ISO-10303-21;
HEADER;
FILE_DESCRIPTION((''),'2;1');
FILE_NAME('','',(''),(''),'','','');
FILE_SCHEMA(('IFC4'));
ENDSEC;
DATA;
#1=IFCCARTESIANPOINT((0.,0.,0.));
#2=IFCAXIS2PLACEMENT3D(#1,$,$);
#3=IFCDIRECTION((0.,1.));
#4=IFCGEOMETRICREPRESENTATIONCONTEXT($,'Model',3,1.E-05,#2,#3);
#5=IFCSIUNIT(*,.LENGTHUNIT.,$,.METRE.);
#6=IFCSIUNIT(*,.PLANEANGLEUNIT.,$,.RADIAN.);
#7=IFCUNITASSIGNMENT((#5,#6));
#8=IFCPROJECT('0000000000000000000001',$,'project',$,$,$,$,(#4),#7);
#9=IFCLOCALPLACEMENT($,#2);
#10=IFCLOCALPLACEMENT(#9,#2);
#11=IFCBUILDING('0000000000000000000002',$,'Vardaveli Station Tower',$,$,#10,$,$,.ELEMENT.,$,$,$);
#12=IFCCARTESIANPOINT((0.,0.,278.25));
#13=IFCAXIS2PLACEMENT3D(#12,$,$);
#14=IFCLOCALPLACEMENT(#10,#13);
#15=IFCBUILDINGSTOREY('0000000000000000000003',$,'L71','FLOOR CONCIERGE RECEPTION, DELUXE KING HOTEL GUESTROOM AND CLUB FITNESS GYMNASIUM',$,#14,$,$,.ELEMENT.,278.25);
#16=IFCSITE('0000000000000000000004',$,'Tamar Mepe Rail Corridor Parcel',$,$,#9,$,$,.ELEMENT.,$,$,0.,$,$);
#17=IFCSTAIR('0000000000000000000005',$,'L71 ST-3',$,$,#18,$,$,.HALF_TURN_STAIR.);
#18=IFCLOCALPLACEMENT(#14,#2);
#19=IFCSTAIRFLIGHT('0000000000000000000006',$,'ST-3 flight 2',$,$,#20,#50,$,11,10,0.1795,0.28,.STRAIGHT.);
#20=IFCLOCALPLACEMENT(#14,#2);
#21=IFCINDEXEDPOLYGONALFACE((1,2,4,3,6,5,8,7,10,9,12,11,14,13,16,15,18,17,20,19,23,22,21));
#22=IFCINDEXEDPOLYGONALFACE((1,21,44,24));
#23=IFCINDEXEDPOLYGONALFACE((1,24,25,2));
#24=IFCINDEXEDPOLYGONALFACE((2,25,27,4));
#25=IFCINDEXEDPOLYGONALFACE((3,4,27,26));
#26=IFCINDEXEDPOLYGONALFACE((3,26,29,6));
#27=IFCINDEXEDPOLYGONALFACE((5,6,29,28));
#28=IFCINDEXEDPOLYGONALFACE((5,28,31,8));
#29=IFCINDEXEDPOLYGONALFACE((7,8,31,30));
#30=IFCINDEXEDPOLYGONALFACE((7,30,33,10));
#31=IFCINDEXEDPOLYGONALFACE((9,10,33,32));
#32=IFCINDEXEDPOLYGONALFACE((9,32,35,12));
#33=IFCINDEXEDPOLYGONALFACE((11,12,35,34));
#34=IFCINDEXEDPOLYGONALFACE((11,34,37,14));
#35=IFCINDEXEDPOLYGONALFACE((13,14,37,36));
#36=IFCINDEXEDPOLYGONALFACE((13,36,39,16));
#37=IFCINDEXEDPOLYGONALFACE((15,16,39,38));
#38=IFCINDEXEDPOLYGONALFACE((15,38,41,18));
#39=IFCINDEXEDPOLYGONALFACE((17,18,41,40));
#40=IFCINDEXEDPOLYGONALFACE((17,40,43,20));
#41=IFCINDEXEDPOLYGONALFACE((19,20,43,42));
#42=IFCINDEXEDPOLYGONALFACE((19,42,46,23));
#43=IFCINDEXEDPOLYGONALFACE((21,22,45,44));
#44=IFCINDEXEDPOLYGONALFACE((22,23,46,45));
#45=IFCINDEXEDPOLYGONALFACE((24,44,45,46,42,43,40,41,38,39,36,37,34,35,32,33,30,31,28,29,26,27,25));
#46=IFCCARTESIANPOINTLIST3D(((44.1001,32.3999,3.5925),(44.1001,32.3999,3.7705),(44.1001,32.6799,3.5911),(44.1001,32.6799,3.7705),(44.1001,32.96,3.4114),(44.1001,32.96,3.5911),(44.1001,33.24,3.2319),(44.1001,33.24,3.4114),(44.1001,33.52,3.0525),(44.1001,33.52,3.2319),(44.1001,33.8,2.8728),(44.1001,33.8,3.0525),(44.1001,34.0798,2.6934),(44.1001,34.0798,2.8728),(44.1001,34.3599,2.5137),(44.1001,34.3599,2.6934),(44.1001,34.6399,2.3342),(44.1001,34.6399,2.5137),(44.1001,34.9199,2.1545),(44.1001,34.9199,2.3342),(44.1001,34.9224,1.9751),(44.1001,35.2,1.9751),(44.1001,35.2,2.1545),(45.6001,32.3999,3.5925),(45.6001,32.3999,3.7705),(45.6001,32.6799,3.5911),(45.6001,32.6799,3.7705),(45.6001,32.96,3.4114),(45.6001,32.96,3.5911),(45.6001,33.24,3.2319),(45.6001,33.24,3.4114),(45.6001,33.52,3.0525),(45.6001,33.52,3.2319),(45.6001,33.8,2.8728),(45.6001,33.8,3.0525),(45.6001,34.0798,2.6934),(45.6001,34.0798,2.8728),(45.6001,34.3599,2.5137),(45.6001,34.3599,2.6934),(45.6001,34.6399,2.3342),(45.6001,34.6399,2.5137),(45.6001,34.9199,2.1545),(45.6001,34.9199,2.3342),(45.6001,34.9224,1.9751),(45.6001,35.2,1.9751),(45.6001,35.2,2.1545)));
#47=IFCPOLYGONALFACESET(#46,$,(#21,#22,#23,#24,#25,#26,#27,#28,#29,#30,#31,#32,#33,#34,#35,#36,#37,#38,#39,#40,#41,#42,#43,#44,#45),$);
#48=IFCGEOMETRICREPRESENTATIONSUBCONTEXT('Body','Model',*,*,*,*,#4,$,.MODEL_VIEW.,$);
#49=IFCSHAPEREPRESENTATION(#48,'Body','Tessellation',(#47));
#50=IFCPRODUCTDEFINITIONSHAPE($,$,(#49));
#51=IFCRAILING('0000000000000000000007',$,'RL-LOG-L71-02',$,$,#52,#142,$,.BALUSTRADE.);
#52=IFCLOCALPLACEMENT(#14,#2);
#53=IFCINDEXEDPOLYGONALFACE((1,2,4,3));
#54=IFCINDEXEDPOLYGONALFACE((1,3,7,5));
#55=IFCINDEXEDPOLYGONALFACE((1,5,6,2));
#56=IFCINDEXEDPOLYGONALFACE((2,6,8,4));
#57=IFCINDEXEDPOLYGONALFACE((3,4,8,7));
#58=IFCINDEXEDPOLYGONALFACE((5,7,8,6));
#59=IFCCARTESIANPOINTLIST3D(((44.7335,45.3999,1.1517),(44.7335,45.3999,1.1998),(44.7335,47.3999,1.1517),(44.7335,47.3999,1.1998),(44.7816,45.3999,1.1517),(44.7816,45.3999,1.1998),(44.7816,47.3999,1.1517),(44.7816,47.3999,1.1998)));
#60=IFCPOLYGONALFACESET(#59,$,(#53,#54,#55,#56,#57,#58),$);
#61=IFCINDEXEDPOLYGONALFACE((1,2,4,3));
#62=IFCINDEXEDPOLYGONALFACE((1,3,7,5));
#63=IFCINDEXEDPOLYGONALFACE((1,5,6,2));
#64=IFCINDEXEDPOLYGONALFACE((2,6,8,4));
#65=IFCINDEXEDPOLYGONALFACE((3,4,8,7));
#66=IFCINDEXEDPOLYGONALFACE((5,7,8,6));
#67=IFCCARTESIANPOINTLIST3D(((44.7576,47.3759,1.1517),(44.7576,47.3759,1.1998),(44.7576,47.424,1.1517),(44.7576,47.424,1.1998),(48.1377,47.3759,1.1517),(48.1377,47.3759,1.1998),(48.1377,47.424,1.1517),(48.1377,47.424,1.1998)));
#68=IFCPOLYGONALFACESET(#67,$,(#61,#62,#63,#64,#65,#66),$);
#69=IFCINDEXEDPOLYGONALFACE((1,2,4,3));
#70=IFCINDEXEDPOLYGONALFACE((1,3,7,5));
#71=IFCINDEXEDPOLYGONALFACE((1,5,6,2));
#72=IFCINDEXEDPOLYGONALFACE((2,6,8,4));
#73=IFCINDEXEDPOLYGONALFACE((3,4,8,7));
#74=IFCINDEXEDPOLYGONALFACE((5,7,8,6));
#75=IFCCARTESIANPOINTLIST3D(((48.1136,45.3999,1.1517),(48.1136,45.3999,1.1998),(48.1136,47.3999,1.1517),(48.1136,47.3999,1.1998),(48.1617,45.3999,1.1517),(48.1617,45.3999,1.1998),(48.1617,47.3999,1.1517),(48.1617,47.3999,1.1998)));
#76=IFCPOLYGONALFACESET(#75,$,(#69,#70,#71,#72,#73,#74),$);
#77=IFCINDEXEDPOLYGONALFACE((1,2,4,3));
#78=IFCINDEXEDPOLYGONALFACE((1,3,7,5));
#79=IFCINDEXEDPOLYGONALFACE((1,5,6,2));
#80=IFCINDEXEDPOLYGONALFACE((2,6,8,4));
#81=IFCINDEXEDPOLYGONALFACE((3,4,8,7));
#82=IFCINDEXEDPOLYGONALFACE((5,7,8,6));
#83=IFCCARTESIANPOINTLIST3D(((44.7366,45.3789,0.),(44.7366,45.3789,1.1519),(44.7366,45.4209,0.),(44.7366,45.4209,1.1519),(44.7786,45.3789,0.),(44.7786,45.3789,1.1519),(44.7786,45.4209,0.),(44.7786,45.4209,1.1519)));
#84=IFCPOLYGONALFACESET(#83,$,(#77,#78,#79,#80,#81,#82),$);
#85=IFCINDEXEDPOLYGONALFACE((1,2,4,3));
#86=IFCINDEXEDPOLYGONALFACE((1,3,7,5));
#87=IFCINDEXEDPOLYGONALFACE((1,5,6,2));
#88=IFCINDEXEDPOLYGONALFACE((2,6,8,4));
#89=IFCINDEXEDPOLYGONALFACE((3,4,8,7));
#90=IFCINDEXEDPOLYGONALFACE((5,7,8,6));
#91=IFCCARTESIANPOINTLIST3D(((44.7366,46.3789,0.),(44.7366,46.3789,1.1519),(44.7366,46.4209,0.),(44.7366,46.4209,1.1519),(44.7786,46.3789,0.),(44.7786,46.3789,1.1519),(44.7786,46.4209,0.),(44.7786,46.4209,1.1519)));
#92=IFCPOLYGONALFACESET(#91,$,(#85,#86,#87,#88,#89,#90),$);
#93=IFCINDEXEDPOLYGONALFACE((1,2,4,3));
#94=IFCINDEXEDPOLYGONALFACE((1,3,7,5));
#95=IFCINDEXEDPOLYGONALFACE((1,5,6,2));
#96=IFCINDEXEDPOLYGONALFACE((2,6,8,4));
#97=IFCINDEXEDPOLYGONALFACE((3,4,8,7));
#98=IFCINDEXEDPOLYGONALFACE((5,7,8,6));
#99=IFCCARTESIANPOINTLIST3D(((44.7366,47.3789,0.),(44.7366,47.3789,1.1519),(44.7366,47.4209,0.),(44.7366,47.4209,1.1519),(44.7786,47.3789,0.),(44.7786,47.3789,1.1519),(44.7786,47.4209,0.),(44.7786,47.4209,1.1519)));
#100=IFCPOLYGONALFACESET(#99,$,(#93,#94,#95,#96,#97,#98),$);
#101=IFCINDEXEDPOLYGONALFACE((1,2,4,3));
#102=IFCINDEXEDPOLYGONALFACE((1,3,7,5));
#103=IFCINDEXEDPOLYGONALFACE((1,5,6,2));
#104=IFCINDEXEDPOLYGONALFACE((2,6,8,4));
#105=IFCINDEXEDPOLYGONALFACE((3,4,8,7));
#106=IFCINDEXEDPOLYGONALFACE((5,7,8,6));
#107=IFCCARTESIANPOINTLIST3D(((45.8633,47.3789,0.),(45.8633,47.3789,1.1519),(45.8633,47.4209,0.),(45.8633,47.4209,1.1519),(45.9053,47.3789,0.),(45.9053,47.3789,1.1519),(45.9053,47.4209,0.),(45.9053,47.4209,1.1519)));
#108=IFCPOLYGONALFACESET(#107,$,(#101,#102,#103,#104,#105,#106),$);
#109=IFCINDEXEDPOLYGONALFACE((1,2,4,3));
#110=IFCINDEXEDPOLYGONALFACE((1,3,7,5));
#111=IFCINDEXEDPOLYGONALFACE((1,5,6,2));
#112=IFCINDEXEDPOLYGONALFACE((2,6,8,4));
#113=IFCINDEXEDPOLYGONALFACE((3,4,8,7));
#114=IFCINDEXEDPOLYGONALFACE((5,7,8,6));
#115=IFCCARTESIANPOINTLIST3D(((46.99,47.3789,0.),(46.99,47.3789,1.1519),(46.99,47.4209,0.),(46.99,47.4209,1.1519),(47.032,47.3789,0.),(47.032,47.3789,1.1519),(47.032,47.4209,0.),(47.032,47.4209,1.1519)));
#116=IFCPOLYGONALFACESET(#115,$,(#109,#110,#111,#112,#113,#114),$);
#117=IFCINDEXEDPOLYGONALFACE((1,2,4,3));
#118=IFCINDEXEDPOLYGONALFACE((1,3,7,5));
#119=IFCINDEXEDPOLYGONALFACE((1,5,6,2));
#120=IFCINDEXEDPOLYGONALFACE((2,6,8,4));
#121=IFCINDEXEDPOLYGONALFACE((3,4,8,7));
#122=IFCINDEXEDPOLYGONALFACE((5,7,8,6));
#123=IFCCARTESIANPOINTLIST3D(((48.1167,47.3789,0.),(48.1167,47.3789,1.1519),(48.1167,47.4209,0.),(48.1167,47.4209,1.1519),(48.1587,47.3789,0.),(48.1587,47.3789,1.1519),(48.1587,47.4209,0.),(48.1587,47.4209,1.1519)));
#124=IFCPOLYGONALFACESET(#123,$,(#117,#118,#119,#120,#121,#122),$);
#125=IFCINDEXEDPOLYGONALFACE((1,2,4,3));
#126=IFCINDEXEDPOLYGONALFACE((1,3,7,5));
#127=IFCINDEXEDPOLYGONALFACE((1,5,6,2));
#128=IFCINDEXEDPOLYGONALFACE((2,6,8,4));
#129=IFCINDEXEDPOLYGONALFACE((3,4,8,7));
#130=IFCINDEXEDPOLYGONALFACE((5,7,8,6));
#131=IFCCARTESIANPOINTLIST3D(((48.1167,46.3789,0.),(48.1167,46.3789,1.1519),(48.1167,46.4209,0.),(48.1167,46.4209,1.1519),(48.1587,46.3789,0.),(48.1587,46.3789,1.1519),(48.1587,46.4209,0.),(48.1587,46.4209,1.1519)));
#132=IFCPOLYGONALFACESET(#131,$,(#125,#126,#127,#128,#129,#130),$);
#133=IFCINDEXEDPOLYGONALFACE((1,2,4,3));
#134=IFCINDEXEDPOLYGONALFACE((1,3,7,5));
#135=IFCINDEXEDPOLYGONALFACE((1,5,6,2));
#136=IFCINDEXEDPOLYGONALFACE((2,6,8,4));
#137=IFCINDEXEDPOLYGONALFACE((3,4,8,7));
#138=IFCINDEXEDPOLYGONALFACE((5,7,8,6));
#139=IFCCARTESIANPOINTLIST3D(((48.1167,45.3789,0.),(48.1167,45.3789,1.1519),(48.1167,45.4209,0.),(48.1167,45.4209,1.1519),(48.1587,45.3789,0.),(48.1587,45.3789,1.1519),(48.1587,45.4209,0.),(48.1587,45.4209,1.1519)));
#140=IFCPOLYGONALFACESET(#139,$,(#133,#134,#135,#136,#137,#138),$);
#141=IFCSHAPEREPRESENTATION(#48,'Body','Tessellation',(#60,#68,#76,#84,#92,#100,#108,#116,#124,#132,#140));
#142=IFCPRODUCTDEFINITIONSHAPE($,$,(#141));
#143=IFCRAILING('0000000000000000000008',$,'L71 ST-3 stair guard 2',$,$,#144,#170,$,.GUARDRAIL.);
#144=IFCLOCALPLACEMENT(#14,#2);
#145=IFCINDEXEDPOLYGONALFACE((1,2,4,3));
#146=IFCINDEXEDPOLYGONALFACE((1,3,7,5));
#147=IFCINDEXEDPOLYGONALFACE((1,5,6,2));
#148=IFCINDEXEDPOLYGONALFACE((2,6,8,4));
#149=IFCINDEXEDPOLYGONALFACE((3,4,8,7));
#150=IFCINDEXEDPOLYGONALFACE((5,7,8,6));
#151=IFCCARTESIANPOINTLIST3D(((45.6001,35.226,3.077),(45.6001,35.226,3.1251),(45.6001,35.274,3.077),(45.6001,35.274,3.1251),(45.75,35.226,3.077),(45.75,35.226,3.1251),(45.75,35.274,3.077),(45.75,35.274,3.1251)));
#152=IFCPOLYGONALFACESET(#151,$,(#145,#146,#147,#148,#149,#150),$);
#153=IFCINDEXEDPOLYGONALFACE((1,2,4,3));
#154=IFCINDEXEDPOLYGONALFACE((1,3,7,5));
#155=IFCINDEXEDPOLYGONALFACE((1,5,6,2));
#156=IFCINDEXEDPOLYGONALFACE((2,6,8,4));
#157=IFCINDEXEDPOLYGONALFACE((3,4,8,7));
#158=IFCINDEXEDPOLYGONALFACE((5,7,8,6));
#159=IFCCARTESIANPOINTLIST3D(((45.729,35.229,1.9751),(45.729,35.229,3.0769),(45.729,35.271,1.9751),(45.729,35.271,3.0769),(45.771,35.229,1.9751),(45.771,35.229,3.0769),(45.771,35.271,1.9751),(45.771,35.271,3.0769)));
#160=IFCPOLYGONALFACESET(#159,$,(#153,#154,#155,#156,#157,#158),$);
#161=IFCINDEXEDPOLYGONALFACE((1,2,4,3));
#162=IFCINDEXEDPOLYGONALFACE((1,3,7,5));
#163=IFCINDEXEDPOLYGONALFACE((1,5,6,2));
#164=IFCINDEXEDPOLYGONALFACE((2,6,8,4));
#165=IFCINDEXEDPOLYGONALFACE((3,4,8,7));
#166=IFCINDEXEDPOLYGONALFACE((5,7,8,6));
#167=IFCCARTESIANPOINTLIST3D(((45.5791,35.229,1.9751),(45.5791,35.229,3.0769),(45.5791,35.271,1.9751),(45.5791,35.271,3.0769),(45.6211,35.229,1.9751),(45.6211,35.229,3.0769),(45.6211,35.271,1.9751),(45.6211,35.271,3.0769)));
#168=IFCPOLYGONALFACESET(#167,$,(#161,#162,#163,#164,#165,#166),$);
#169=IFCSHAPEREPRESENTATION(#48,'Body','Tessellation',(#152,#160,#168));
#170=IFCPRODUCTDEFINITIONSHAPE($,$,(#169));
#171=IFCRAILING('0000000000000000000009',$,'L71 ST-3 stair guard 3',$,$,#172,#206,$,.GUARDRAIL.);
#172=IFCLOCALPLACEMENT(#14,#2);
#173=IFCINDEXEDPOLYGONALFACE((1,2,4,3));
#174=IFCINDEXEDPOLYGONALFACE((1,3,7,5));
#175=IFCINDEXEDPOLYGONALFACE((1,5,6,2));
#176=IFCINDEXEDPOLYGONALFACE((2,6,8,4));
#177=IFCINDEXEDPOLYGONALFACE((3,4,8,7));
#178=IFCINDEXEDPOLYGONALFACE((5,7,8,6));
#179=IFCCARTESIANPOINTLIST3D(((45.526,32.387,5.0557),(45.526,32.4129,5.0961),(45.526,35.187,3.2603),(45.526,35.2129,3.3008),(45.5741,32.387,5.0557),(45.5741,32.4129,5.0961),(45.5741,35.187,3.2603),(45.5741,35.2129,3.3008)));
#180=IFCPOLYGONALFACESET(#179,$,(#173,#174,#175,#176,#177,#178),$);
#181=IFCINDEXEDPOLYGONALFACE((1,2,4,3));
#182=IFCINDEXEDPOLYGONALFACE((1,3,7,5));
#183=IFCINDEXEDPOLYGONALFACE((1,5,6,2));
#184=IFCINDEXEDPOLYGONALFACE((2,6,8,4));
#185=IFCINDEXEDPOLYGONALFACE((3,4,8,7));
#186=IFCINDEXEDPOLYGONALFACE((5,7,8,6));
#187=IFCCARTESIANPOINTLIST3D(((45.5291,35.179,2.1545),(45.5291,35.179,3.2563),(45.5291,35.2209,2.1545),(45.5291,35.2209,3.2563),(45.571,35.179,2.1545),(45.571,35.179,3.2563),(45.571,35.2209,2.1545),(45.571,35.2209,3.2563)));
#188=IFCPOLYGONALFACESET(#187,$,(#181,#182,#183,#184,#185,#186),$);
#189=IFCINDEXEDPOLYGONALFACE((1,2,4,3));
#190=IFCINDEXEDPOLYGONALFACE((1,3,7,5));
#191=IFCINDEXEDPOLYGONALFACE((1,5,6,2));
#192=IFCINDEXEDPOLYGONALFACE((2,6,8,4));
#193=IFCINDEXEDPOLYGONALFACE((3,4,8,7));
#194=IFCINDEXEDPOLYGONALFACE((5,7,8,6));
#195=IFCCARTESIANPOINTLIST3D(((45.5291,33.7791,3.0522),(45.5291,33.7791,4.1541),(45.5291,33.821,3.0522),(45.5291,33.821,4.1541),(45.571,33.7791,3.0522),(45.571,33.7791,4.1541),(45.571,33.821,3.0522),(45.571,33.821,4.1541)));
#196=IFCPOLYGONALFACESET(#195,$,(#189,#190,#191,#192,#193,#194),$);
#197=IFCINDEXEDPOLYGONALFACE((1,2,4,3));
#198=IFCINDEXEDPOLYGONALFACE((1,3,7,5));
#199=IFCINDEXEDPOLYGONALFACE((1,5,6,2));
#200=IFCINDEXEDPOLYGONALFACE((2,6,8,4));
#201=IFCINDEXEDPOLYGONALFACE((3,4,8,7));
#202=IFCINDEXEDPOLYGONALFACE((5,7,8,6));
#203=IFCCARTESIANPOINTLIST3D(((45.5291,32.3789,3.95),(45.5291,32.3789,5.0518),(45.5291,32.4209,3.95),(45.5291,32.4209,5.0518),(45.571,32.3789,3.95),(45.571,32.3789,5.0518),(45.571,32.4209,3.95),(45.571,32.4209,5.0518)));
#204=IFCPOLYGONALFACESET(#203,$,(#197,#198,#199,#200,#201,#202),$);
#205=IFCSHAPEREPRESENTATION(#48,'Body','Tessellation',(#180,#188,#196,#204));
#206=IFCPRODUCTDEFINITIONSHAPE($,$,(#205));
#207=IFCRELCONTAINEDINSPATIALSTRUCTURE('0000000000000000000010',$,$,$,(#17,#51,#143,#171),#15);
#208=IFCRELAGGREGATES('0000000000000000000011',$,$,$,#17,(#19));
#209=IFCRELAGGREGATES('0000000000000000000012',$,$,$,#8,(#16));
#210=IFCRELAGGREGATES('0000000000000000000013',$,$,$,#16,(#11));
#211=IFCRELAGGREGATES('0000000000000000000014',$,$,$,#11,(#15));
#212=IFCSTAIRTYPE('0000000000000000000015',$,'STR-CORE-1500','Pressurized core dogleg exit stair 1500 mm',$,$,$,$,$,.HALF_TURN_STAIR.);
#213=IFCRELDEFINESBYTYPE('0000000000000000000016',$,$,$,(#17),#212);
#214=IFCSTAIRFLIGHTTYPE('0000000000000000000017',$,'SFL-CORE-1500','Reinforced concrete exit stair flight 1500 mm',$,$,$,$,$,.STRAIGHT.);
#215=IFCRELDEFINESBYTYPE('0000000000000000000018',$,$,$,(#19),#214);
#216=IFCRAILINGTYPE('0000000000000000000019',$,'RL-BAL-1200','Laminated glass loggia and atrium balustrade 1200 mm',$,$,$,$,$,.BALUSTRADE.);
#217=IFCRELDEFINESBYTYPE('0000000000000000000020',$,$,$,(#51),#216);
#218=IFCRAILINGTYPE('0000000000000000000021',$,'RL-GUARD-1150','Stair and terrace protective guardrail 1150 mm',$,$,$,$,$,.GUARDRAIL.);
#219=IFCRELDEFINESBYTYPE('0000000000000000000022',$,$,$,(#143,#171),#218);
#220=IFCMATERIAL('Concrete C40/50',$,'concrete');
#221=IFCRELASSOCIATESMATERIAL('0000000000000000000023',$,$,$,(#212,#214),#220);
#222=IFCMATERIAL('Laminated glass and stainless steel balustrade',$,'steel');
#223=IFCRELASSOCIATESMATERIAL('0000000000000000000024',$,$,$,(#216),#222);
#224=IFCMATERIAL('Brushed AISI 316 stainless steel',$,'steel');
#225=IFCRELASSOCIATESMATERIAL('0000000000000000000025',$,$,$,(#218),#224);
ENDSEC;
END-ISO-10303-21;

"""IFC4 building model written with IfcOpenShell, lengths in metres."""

from ifc_helpers import new_model, si_unit, direction, frame, origin, origin_2d, place, context, subcontext, project, spatial, polyline, rectangle, outline, extrude, source, transform, mapped, material, type_object, element, aggregate, save


model = new_model("IFC4")

# Units and contexts
model_context = context("Model", 3, precision=1e-05, world=origin(), true_north=direction((0.0, 1.0)))
body_context = subcontext(model_context, "Body", "Model", "MODEL_VIEW")
ifc_project = project(units=[si_unit("LENGTHUNIT", "METRE"), si_unit("PLANEANGLEUNIT", "RADIAN")], contexts=[model_context])

# Site, building, storey
site_placement = place(None, origin())
site = spatial("IfcSite", under=ifc_project, at=site_placement, Name="Tamar Mepe Rail Corridor Parcel", CompositionType="ELEMENT", RefElevation=0.0)
building_placement = place(site_placement, origin())
building = spatial("IfcBuilding", under=site, at=building_placement, Name="Vardaveli Station Tower", CompositionType="ELEMENT")
storey_placement = place(building_placement, frame((0.0, 0.0, 278.25)))
storey = spatial("IfcBuildingStorey", under=building, at=storey_placement, Name="L71", Description="FLOOR CONCIERGE RECEPTION, DELUXE KING HOTEL GUESTROOM AND CLUB FITNESS GYMNASIUM", CompositionType="ELEMENT", Elevation=278.25)

# Shared definitions
ifc_material_1 = material(Name="Concrete C40/50", Category="concrete")

# Stair, stair flight
stair_type = type_object("IfcStairType", Name="STR-CORE-1500", Description="Pressurized core dogleg exit stair 1500 mm", PredefinedType="HALF_TURN_STAIR", material=ifc_material_1)
stair_placement = place(storey_placement, origin())
stair = element("IfcStair", 1, at=stair_placement, inside=storey, type_object=stair_type, Name="L71 ST-3", PredefinedType="HALF_TURN_STAIR")
stair_flight_type = type_object("IfcStairFlightType", Name="SFL-CORE-1500", Description="Reinforced concrete exit stair flight 1500 mm", PredefinedType="STRAIGHT", material=ifc_material_1)
shared_shape_1 = source(origin(), body_context, "Body", "SweptSolid", [
    extrude(outline(polyline([(0.0, 0.0), (0.0, 0.1794), (0.28, 0.1794), (0.28, 0.3591), (0.5601, 0.3591), (0.5601, 0.5386), (0.8401, 0.5386), (0.8401, 0.7183), (1.1201, 0.7183), (1.1201, 0.8977), (1.3999, 0.8977), (1.3999, 1.0774), (1.6799, 1.0774), (1.6799, 1.2568), (1.96, 1.2568), (1.96, 1.4363), (2.24, 1.4363), (2.24, 1.616), (2.52, 1.616), (2.52, 1.7954), (2.8, 1.7954), (2.8, 1.9751), (2.8, 1.6174), (0.2776, 0.0), (0.0, 0.0)])), frame((0.0, 0.75, 0.0), z_axis=(0.0, -1.0, 0.0), x_axis=(1.0, 0.0, 0.0)), (0.0, 0.0, 1.0), 1.5),
])
stair_flight_placement = place(storey_placement, frame((44.8501, 35.2, 1.9751), z_axis=(0.0, 0.0, 1.0), x_axis=(0.0, -1.0, 0.0)))
stair_flight = element("IfcStairFlight", 2, at=stair_flight_placement, type_object=stair_flight_type, Name="ST-3 flight 2", NumberOfRisers=11, NumberOfTreads=10, PredefinedType="STRAIGHT", RiserHeight=0.1795, TreadLength=0.28, context=body_context, shape_type="MappedRepresentation", body=[
    mapped(shared_shape_1, transform((0.0, 0.0, 0.0), scale=1.0)),
])
aggregate(stair, [stair_flight])

# Railings
ifc_material_2 = material(Name="Laminated glass and stainless steel balustrade", Category="steel")
railing_type_1 = type_object("IfcRailingType", Name="RL-BAL-1200", Description="Laminated glass loggia and atrium balustrade 1200 mm", PredefinedType="BALUSTRADE", material=ifc_material_2)
shared_shape_2 = source(origin(), body_context, "Body", "SweptSolid", [
    extrude(rectangle(XDim=0.0481, YDim=0.0481, at=origin_2d()), frame((0.0, 0.0, 1.1758), z_axis=(0.0, 1.0, 0.0), x_axis=(-1.0, 0.0, 0.0)), (0.0, 0.0, 1.0), 2.0),
    extrude(rectangle(XDim=0.0481, YDim=0.0481, at=origin_2d()), frame((0.0, 2.0, 1.1758), z_axis=(1.0, 0.0, 0.0), x_axis=(0.0, 1.0, 0.0)), (0.0, 0.0, 1.0), 3.3801),
    extrude(rectangle(XDim=0.0481, YDim=0.0481, at=origin_2d()), frame((3.3801, 2.0, 1.1758), z_axis=(0.0, -1.0, 0.0), x_axis=(1.0, 0.0, 0.0)), (0.0, 0.0, 1.0), 2.0),
    extrude(rectangle(XDim=0.042, YDim=0.042, at=origin_2d()), origin(), (0.0, 0.0, 1.0), 1.1519),
    extrude(rectangle(XDim=0.042, YDim=0.042, at=origin_2d()), frame((0.0, 1.0, 0.0)), (0.0, 0.0, 1.0), 1.1519),
    extrude(rectangle(XDim=0.042, YDim=0.042, at=origin_2d()), frame((0.0, 2.0, 0.0)), (0.0, 0.0, 1.0), 1.1519),
    extrude(rectangle(XDim=0.042, YDim=0.042, at=origin_2d()), frame((1.1267, 2.0, 0.0)), (0.0, 0.0, 1.0), 1.1519),
    extrude(rectangle(XDim=0.042, YDim=0.042, at=origin_2d()), frame((2.2534, 2.0, 0.0)), (0.0, 0.0, 1.0), 1.1519),
    extrude(rectangle(XDim=0.042, YDim=0.042, at=origin_2d()), frame((3.3801, 2.0, 0.0)), (0.0, 0.0, 1.0), 1.1519),
    extrude(rectangle(XDim=0.042, YDim=0.042, at=origin_2d()), frame((3.3801, 1.0, 0.0)), (0.0, 0.0, 1.0), 1.1519),
    extrude(rectangle(XDim=0.042, YDim=0.042, at=origin_2d()), frame((3.3801, 0.0, 0.0)), (0.0, 0.0, 1.0), 1.1519),
])
railing_1_placement = place(storey_placement, frame((44.7576, 45.3999, 0.0)))
element("IfcRailing", 3, at=railing_1_placement, inside=storey, type_object=railing_type_1, Name="RL-LOG-L71-02", PredefinedType="BALUSTRADE", context=body_context, shape_type="MappedRepresentation", body=[
    mapped(shared_shape_2, transform((0.0, 0.0, 0.0), scale=1.0)),
])
ifc_material_3 = material(Name="Brushed AISI 316 stainless steel", Category="steel")
railing_type_2 = type_object("IfcRailingType", Name="RL-GUARD-1150", Description="Stair and terrace protective guardrail 1150 mm", PredefinedType="GUARDRAIL", material=ifc_material_3)
shared_shape_3 = source(origin(), body_context, "Body", "SweptSolid", [
    extrude(rectangle(XDim=0.0481, YDim=0.0481, at=origin_2d()), frame((0.0, 0.0, 1.126), z_axis=(-1.0, 0.0, 0.0), x_axis=(0.0, -1.0, 0.0)), (0.0, 0.0, 1.0), 0.1499),
    extrude(rectangle(XDim=0.042, YDim=0.042, at=origin_2d()), origin(), (0.0, 0.0, 1.0), 1.1018),
    extrude(rectangle(XDim=0.042, YDim=0.042, at=origin_2d()), frame((-0.1499, 0.0, 0.0)), (0.0, 0.0, 1.0), 1.1018),
])
railing_2_placement = place(storey_placement, frame((45.75, 35.25, 1.9751)))
element("IfcRailing", 4, at=railing_2_placement, inside=storey, type_object=railing_type_2, Name="L71 ST-3 stair guard 2", PredefinedType="GUARDRAIL", context=body_context, shape_type="MappedRepresentation", body=[
    mapped(shared_shape_3, transform((0.0, 0.0, 0.0), scale=1.0)),
])
shared_shape_4 = source(origin(), body_context, "Body", "SweptSolid", [
    extrude(rectangle(XDim=0.0481, YDim=0.0481, at=origin_2d()), frame((0.0, 0.0, 1.126), z_axis=(0.0, -0.84181, 0.539774), x_axis=(1.0, 0.0, 0.0)), (0.0, 0.0, 1.0), 3.3262),
    extrude(rectangle(XDim=0.042, YDim=0.042, at=origin_2d()), origin(), (0.0, 0.0, 1.0), 1.1018),
    extrude(rectangle(XDim=0.042, YDim=0.042, at=origin_2d()), frame((0.0, -1.3999, 0.8977)), (0.0, 0.0, 1.0), 1.1018),
    extrude(rectangle(XDim=0.042, YDim=0.042, at=origin_2d()), frame((0.0, -2.8, 1.7954)), (0.0, 0.0, 1.0), 1.1018),
])
railing_3_placement = place(storey_placement, frame((45.55, 35.2, 2.1545)))
element("IfcRailing", 5, at=railing_3_placement, inside=storey, type_object=railing_type_2, Name="L71 ST-3 stair guard 3", PredefinedType="GUARDRAIL", context=body_context, shape_type="MappedRepresentation", body=[
    mapped(shared_shape_4, transform((0.0, 0.0, 0.0), scale=1.0)),
])

save(model, "model.ifc")
